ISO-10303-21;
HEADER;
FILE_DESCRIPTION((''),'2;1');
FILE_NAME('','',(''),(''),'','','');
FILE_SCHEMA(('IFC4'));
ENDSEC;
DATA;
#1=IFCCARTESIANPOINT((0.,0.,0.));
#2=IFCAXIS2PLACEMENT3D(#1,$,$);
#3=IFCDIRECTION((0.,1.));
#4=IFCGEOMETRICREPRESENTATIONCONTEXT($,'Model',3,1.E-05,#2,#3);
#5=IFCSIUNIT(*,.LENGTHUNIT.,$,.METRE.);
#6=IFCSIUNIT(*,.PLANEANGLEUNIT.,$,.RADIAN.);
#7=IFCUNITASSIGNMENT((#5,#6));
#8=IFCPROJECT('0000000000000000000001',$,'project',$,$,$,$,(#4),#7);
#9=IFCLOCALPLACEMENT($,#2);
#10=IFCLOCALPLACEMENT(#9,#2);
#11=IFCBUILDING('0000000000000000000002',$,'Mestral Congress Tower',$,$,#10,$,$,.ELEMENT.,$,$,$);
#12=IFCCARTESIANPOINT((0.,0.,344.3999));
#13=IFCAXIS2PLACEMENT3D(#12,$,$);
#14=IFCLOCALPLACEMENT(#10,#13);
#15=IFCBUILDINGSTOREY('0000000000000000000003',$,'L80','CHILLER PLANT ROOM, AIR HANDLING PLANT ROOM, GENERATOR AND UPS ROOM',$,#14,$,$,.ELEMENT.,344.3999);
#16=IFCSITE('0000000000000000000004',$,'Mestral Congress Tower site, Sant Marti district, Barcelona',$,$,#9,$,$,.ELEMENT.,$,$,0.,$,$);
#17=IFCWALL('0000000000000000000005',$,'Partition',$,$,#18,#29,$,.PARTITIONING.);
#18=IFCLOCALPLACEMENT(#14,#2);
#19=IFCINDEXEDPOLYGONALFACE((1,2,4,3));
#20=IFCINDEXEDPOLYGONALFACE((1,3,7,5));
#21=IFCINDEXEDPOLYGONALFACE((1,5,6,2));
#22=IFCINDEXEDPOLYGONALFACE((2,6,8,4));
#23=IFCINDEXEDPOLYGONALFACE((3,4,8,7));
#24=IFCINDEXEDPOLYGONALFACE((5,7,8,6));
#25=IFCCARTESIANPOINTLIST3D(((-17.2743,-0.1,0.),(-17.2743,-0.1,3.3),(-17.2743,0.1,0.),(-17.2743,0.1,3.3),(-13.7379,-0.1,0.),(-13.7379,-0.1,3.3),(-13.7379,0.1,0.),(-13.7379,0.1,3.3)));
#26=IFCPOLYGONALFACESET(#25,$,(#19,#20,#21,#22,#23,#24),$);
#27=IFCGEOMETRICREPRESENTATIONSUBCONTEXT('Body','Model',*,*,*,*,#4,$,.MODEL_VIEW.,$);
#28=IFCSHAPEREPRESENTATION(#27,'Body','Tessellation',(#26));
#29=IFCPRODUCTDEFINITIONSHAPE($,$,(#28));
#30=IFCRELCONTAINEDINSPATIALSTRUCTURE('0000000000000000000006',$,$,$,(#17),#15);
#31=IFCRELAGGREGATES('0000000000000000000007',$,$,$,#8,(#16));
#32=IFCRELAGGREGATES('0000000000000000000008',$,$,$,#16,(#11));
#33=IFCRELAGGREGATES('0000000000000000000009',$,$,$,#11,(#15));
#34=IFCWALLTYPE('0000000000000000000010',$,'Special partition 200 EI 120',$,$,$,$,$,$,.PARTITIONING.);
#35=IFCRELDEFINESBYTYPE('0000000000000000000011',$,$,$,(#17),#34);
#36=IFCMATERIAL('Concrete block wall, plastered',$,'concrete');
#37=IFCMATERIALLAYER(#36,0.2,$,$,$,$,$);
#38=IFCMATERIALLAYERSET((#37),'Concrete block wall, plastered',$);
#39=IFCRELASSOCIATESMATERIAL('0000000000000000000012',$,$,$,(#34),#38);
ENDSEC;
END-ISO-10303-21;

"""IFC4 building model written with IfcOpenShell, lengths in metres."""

from ifc_helpers import new_model, si_unit, direction, frame, frame_2d, origin, place, context, subcontext, project, spatial, rectangle, extrude, material, layer, layer_set, type_object, element, save


model = new_model("IFC4")

# Units and contexts
model_context = context("Model", 3, precision=1e-05, world=origin(), true_north=direction((0.0, 1.0)))
body_context = subcontext(model_context, "Body", "Model", "MODEL_VIEW")
ifc_project = project(units=[si_unit("LENGTHUNIT", "METRE"), si_unit("PLANEANGLEUNIT", "RADIAN")], contexts=[model_context])

# Site, building, storey
site_placement = place(None, origin())
site = spatial("IfcSite", under=ifc_project, at=site_placement, Name="Mestral Congress Tower site, Sant Marti district, Barcelona", CompositionType="ELEMENT", RefElevation=0.0)
building_placement = place(site_placement, origin())
building = spatial("IfcBuilding", under=site, at=building_placement, Name="Mestral Congress Tower", CompositionType="ELEMENT")
storey_placement = place(building_placement, frame((0.0, 0.0, 344.3999)))
storey = spatial("IfcBuildingStorey", under=building, at=storey_placement, Name="L80", Description="CHILLER PLANT ROOM, AIR HANDLING PLANT ROOM, GENERATOR AND UPS ROOM", CompositionType="ELEMENT", Elevation=344.3999)

# Shared definitions
ifc_material_1 = material(Name="Concrete block wall, plastered", Category="concrete")
ifc_layer_1 = layer(ifc_material_1, 0.2)
ifc_layer_set_1 = layer_set([ifc_layer_1], Name="Concrete block wall, plastered")
wall_type = type_object("IfcWallType", Name="Special partition 200 EI 120", PredefinedType="PARTITIONING", material=ifc_layer_set_1)

# Wall
wall_1_placement = place(storey_placement, frame((-17.2742, 0.0, 0.0), z_axis=(0.0, 0.0, 1.0), x_axis=(1.0, 0.0, 0.0)))
element("IfcWall", 1, at=wall_1_placement, inside=storey, type_object=wall_type, Name="Partition", PredefinedType="PARTITIONING", context=body_context, shape_type="SweptSolid", body=[
    extrude(rectangle(XDim=3.5364, YDim=0.2, at=frame_2d((1.7681, 0.0))), origin(), (0.0, 0.0, 1.0), 3.3),
])

save(model, "model.ifc")
